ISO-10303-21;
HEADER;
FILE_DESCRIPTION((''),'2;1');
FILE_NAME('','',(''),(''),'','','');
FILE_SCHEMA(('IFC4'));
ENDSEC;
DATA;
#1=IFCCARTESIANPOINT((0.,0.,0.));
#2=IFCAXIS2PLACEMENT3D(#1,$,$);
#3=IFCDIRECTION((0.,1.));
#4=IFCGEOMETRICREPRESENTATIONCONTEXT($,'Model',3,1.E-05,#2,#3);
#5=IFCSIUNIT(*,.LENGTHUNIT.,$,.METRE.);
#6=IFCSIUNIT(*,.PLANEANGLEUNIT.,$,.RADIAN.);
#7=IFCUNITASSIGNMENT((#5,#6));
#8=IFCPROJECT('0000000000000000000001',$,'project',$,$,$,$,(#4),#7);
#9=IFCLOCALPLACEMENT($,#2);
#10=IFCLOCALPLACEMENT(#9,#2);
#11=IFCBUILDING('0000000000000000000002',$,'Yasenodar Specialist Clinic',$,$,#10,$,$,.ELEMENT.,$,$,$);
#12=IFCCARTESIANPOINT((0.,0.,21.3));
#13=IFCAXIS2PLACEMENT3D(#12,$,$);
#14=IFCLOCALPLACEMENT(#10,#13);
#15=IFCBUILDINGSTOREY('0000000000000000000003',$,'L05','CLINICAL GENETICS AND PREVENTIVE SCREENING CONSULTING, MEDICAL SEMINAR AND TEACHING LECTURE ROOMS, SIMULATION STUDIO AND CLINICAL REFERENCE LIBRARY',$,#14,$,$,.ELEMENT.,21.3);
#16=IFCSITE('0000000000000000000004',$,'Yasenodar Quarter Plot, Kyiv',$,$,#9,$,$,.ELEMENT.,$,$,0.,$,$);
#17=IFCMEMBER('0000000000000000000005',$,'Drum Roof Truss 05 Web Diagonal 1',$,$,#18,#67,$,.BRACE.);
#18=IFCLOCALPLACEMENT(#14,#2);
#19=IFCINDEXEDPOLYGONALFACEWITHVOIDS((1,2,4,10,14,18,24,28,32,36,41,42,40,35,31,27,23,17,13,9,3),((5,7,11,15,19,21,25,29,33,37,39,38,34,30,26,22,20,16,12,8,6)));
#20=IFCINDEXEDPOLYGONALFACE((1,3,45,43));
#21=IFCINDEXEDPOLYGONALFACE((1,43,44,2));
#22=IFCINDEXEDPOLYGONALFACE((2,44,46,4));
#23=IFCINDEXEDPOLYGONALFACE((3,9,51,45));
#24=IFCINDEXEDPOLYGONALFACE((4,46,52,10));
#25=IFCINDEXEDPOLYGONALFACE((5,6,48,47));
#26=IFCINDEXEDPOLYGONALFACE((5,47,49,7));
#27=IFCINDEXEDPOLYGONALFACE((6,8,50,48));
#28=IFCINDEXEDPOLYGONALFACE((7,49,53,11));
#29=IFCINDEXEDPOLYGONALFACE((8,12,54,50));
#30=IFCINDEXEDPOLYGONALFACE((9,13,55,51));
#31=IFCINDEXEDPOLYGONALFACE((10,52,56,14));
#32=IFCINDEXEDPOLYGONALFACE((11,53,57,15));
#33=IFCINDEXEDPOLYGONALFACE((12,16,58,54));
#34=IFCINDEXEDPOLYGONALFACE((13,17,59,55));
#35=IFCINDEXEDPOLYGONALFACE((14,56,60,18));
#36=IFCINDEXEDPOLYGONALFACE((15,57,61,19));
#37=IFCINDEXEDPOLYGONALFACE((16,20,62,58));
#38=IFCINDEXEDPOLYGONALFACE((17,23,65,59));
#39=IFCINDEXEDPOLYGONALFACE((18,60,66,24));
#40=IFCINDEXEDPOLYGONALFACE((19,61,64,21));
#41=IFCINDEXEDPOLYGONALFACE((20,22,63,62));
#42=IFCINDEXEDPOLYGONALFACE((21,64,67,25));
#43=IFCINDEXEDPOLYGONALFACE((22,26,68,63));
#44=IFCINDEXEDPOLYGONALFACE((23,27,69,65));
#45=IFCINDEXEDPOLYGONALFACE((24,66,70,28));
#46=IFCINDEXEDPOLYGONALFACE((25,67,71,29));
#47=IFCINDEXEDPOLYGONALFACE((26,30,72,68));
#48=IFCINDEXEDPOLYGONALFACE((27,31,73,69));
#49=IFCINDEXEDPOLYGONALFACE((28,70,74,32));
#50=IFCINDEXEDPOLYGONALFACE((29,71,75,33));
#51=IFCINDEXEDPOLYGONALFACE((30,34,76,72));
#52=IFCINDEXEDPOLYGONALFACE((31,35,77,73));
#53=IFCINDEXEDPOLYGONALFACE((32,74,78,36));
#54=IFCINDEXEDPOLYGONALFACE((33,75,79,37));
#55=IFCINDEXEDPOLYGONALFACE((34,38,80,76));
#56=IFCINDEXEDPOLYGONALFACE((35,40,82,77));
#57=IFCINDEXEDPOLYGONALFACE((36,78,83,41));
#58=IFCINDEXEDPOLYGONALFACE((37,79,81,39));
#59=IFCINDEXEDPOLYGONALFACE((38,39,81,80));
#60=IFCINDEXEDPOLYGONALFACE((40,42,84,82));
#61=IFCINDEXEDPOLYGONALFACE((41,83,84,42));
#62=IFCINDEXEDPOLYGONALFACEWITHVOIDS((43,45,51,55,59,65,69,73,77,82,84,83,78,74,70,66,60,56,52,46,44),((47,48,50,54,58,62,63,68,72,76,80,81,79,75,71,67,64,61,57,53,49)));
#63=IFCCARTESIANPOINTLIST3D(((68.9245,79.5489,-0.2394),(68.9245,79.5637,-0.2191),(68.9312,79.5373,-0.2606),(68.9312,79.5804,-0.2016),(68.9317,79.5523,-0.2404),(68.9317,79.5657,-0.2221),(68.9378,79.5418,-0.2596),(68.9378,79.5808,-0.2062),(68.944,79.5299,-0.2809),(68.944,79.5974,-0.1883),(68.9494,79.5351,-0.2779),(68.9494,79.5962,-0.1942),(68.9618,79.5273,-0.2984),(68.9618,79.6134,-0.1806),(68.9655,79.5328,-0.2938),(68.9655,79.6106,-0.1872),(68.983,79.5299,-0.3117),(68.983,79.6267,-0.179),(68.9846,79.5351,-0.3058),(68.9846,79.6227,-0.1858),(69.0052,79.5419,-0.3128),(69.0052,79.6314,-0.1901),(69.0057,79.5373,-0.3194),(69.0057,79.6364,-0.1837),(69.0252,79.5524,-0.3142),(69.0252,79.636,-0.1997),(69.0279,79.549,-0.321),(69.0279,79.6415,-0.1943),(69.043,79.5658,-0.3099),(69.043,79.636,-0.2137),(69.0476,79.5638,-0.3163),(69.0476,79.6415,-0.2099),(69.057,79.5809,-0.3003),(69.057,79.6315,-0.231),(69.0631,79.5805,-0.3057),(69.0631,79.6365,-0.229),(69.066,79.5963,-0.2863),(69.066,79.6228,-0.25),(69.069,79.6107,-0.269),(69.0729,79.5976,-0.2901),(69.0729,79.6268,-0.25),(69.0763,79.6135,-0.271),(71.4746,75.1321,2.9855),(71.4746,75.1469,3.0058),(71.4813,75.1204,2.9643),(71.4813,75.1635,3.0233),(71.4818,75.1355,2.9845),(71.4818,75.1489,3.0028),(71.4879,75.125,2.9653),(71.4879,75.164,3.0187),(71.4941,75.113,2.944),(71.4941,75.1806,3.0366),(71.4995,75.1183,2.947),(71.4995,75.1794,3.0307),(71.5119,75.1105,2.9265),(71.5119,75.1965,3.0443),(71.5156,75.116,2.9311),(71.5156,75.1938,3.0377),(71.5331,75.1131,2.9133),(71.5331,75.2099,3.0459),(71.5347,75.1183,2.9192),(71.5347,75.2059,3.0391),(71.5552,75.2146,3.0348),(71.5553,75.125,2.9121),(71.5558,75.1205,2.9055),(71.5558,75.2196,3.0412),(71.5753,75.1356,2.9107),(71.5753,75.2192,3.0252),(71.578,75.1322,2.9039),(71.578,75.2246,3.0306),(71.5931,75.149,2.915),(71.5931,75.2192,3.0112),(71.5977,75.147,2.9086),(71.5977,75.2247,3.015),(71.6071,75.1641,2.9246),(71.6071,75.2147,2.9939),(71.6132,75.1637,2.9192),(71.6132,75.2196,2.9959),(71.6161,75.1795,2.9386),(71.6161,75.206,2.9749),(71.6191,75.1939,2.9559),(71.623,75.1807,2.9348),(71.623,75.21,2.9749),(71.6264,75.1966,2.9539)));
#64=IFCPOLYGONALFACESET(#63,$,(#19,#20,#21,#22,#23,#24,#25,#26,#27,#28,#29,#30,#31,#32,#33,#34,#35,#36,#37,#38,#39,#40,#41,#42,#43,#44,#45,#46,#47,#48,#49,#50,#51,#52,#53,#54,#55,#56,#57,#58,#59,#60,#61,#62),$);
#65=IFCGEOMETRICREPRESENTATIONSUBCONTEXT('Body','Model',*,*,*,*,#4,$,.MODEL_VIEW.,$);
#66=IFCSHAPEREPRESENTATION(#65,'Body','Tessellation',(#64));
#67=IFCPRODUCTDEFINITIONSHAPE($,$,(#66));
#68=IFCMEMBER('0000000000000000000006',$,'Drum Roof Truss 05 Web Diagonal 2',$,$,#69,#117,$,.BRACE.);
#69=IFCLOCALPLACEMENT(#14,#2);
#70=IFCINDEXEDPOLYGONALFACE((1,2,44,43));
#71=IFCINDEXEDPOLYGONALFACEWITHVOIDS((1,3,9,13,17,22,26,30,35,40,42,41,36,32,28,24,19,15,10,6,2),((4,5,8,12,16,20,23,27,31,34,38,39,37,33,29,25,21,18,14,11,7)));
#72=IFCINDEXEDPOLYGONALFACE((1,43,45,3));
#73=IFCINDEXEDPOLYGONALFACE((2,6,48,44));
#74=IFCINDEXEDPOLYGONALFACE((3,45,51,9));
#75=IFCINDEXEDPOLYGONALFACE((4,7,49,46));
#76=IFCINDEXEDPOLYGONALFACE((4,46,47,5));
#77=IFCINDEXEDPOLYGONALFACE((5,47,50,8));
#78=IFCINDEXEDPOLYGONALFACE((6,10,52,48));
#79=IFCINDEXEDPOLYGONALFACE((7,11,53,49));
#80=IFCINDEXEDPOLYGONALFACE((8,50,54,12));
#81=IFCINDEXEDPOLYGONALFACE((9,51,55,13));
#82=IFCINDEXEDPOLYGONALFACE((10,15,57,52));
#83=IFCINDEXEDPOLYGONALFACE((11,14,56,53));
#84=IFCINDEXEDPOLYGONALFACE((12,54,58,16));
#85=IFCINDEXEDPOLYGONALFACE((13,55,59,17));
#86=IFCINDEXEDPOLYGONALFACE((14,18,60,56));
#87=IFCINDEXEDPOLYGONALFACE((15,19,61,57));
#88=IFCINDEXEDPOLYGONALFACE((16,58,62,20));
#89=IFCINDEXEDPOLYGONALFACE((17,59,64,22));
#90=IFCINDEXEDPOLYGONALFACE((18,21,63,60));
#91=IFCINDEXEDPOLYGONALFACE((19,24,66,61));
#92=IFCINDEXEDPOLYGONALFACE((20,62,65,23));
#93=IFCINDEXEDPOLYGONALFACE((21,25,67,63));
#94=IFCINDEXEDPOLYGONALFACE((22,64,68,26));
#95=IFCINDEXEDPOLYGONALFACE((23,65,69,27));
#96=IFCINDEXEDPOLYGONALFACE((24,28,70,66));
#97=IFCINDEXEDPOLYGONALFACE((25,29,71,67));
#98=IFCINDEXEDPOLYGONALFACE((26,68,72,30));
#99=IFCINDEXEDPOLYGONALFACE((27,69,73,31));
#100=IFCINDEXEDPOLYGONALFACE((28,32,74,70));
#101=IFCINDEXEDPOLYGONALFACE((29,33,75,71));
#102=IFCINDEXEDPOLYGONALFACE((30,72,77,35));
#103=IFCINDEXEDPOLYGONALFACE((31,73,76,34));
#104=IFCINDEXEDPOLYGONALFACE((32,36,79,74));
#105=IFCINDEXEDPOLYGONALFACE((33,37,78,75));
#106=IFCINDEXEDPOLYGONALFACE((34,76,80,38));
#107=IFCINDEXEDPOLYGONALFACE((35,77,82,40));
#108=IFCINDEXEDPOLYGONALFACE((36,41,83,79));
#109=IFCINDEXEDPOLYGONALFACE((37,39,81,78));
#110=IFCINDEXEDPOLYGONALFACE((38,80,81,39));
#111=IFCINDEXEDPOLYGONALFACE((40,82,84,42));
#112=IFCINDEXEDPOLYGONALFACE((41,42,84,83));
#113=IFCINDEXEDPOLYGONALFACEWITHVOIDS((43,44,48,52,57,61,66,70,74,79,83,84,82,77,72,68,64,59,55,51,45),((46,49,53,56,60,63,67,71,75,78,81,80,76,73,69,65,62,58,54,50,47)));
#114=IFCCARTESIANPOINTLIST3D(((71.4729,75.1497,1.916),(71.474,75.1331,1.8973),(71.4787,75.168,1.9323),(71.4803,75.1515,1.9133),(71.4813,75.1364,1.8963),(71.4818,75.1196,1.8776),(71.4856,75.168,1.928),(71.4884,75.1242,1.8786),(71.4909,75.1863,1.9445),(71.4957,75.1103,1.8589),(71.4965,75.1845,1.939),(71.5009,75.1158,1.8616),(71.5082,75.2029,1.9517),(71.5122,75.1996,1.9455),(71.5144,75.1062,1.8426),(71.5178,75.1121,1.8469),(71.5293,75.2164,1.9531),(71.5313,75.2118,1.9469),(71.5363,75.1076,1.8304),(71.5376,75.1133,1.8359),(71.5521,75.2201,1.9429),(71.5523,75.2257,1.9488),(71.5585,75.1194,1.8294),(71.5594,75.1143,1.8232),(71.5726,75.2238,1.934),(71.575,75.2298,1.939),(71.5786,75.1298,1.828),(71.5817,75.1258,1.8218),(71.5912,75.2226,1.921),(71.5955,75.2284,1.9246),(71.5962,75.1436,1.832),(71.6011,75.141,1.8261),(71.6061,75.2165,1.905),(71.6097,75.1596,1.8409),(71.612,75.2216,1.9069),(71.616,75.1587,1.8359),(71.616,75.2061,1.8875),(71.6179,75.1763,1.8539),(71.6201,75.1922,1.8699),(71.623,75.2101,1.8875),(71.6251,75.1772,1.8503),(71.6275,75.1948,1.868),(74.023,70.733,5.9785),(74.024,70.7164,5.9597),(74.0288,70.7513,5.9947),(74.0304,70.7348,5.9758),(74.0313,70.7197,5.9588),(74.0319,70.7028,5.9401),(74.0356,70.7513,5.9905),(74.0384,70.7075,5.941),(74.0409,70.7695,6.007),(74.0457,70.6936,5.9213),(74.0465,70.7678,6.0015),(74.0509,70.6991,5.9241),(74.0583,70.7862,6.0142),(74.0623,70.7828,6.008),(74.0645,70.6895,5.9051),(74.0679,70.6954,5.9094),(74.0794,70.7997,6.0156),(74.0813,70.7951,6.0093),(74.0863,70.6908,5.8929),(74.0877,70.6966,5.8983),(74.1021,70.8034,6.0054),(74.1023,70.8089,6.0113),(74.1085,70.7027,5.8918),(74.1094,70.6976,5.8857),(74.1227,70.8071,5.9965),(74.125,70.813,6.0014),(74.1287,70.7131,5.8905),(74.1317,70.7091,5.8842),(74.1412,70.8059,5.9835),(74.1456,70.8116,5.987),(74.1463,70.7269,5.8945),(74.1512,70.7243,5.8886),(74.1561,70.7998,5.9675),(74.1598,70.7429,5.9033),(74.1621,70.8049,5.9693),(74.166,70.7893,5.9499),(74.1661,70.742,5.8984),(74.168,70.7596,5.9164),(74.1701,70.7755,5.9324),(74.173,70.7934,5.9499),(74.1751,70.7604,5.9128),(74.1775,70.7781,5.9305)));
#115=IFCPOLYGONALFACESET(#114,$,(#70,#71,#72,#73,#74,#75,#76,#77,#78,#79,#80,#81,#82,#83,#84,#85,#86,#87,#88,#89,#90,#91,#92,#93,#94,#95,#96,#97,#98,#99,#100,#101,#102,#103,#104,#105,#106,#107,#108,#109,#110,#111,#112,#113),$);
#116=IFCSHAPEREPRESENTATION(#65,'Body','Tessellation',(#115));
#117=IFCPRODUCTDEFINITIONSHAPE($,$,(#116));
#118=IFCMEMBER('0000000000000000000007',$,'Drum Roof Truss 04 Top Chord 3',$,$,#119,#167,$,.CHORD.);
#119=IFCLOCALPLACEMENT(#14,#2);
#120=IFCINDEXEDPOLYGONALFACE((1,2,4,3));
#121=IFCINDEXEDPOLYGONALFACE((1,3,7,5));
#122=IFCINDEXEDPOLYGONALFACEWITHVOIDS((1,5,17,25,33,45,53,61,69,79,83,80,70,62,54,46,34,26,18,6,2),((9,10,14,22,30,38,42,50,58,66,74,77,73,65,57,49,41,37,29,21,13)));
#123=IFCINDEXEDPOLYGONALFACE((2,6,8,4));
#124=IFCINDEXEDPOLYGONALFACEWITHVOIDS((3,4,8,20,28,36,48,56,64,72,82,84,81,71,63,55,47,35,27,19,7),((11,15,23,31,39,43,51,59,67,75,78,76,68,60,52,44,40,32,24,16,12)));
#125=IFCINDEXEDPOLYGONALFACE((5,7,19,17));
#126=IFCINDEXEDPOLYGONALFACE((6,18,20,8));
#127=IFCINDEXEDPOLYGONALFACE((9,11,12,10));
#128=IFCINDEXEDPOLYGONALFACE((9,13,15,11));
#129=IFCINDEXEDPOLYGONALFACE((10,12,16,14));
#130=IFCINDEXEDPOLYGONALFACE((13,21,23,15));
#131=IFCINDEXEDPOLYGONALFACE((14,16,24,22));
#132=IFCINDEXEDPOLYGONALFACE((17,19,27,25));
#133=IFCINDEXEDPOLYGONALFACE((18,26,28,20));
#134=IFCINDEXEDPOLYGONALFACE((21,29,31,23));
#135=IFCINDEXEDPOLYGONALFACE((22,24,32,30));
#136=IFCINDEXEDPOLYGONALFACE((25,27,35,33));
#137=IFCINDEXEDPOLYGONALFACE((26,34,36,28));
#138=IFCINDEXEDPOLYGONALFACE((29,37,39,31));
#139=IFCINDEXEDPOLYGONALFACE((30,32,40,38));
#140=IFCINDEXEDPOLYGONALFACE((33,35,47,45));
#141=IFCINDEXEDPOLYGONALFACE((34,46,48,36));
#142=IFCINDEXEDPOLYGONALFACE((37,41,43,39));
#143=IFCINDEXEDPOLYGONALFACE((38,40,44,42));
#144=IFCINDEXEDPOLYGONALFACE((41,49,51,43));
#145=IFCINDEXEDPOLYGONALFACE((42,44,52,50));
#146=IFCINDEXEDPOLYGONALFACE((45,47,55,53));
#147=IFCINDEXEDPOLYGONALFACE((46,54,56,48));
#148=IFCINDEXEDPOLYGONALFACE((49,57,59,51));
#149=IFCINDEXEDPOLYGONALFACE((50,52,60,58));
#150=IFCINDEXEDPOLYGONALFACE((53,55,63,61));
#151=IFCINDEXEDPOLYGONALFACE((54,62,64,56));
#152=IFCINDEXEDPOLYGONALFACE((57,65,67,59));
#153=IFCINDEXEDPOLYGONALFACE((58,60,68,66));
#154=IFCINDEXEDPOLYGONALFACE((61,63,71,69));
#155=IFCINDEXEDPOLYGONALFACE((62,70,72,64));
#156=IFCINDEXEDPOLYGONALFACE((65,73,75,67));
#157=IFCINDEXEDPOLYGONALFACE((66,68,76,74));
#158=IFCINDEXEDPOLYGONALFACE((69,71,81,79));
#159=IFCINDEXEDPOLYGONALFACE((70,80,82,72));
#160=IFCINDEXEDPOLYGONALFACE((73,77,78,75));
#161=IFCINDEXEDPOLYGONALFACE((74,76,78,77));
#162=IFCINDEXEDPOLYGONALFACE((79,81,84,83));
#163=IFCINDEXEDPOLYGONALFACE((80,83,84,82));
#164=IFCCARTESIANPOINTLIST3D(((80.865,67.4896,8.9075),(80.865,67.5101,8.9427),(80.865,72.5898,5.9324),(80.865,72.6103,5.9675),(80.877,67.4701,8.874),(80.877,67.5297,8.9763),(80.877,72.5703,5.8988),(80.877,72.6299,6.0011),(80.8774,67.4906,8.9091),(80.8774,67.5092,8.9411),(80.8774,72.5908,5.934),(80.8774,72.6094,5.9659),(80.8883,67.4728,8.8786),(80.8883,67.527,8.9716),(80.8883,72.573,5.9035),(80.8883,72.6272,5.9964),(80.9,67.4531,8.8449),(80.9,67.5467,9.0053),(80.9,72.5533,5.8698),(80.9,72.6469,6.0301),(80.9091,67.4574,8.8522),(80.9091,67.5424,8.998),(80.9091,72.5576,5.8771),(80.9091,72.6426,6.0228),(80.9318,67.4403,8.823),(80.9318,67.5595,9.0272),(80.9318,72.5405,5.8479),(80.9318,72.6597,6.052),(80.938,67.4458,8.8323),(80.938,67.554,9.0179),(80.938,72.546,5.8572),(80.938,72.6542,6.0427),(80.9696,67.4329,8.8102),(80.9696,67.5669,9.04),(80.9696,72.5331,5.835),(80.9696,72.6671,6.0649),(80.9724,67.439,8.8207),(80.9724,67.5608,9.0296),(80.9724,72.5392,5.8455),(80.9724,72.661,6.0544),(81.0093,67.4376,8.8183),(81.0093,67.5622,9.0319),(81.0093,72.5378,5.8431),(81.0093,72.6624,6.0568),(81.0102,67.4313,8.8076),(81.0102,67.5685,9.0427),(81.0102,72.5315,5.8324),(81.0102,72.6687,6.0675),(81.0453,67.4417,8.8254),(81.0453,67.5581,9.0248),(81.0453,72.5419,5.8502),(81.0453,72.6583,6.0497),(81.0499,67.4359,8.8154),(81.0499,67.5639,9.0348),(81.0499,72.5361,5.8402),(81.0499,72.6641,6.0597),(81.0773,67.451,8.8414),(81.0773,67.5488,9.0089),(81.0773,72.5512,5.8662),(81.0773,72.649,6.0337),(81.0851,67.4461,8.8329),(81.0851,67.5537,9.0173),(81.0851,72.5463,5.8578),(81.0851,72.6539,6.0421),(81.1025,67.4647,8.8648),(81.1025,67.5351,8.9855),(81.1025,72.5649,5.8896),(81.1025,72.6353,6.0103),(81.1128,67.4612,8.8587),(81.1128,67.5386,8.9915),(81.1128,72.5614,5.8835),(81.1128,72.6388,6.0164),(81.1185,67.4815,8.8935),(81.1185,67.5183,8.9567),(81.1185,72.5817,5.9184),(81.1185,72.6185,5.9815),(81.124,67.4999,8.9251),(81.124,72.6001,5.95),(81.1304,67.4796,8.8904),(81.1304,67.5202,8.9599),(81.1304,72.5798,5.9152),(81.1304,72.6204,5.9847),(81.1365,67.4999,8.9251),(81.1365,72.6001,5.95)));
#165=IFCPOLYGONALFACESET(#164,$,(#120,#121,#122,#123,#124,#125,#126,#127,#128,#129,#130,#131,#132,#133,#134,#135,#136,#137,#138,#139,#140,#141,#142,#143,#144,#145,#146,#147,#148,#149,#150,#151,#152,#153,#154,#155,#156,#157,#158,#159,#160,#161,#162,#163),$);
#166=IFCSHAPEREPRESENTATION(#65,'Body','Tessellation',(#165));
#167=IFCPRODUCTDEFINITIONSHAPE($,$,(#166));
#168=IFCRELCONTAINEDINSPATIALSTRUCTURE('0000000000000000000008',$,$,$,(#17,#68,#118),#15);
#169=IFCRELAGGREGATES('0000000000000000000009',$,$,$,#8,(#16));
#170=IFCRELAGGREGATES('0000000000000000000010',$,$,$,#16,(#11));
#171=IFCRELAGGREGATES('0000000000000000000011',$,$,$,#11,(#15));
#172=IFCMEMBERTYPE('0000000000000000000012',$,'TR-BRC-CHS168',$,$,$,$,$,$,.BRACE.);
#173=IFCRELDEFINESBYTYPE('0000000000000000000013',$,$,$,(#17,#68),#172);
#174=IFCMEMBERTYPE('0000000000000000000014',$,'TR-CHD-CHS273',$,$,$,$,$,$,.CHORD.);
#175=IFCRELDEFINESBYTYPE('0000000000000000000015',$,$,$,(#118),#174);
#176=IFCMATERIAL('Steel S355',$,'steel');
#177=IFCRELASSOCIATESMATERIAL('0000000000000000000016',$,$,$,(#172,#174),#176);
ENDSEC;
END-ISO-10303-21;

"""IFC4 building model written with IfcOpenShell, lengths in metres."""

from ifc_helpers import new_model, si_unit, direction, frame, origin, origin_2d, place, context, subcontext, project, spatial, hollow_circle, extrude, material, material_profile, profile_set, type_object, element, save


model = new_model("IFC4")

# Units and contexts
model_context = context("Model", 3, precision=1e-05, world=origin(), true_north=direction((0.0, 1.0)))
body_context = subcontext(model_context, "Body", "Model", "MODEL_VIEW")
ifc_project = project(units=[si_unit("LENGTHUNIT", "METRE"), si_unit("PLANEANGLEUNIT", "RADIAN")], contexts=[model_context])

# Site, building, storey
site_placement = place(None, origin())
site = spatial("IfcSite", under=ifc_project, at=site_placement, Name="Yasenodar Quarter Plot, Kyiv", CompositionType="ELEMENT", RefElevation=0.0)
building_placement = place(site_placement, origin())
building = spatial("IfcBuilding", under=site, at=building_placement, Name="Yasenodar Specialist Clinic", CompositionType="ELEMENT")
storey_placement = place(building_placement, frame((0.0, 0.0, 21.3)))
storey = spatial("IfcBuildingStorey", under=building, at=storey_placement, Name="L05", Description="CLINICAL GENETICS AND PREVENTIVE SCREENING CONSULTING, MEDICAL SEMINAR AND TEACHING LECTURE ROOMS, SIMULATION STUDIO AND CLINICAL REFERENCE LIBRARY", CompositionType="ELEMENT", Elevation=21.3)

# Shared definitions
ifc_material_1 = material(Name="Steel S355", Category="steel")

# Members
ifc_material_profile_1 = material_profile(ifc_material_1, hollow_circle(Radius=0.0842, WallThickness=0.0081, at=origin_2d()), Name="CHS 168.3x8")
ifc_profile_set_1 = profile_set([ifc_material_profile_1], Name="Steel S355")
member_type_1 = type_object("IfcMemberType", Name="TR-BRC-CHS168", PredefinedType="BRACE", material=ifc_profile_set_1)
member_1_placement = place(storey_placement, frame((69.0, 79.5847, -0.25), z_axis=(0.422608, -0.731967, 0.53444), x_axis=(0.866022, 0.500006, 0.0)))
element("IfcMember", 1, at=member_1_placement, inside=storey, type_object=member_type_1, Name="Drum Roof Truss 05 Web Diagonal 1", PredefinedType="BRACE", context=body_context, shape_type="SweptSolid", body=[
    extrude(hollow_circle(Radius=0.0842, WallThickness=0.0081, at=origin_2d()), origin(), (0.0, 0.0, 1.0), 6.0342),
])
member_2_placement = place(storey_placement, frame((71.55, 75.168, 1.8875), z_axis=(0.391094, -0.677384, 0.623054), x_axis=(0.866022, 0.500006, 0.0)))
element("IfcMember", 2, at=member_2_placement, inside=storey, type_object=member_type_1, Name="Drum Roof Truss 05 Web Diagonal 2", PredefinedType="BRACE", context=body_context, shape_type="SweptSolid", body=[
    extrude(hollow_circle(Radius=0.0842, WallThickness=0.0081, at=origin_2d()), origin(), (0.0, 0.0, 1.0), 6.5203),
])
ifc_material_profile_2 = material_profile(ifc_material_1, hollow_circle(Radius=0.1365, WallThickness=0.0125, at=origin_2d()), Name="CHS 273x12.5")
ifc_profile_set_2 = profile_set([ifc_material_profile_2], Name="Steel S355")
member_type_2 = type_object("IfcMemberType", Name="TR-CHD-CHS273", PredefinedType="CHORD", material=ifc_profile_set_2)
member_3_placement = place(storey_placement, frame((81.0, 72.6001, 5.95), z_axis=(0.0, -0.863776, 0.503876), x_axis=(1.0, 0.0, 0.0)))
element("IfcMember", 3, at=member_3_placement, inside=storey, type_object=member_type_2, Name="Drum Roof Truss 04 Top Chord 3", PredefinedType="CHORD", context=body_context, shape_type="SweptSolid", body=[
    extrude(hollow_circle(Radius=0.1365, WallThickness=0.0125, at=origin_2d()), origin(), (0.0, 0.0, 1.0), 5.9045),
])

save(model, "model.ifc")
